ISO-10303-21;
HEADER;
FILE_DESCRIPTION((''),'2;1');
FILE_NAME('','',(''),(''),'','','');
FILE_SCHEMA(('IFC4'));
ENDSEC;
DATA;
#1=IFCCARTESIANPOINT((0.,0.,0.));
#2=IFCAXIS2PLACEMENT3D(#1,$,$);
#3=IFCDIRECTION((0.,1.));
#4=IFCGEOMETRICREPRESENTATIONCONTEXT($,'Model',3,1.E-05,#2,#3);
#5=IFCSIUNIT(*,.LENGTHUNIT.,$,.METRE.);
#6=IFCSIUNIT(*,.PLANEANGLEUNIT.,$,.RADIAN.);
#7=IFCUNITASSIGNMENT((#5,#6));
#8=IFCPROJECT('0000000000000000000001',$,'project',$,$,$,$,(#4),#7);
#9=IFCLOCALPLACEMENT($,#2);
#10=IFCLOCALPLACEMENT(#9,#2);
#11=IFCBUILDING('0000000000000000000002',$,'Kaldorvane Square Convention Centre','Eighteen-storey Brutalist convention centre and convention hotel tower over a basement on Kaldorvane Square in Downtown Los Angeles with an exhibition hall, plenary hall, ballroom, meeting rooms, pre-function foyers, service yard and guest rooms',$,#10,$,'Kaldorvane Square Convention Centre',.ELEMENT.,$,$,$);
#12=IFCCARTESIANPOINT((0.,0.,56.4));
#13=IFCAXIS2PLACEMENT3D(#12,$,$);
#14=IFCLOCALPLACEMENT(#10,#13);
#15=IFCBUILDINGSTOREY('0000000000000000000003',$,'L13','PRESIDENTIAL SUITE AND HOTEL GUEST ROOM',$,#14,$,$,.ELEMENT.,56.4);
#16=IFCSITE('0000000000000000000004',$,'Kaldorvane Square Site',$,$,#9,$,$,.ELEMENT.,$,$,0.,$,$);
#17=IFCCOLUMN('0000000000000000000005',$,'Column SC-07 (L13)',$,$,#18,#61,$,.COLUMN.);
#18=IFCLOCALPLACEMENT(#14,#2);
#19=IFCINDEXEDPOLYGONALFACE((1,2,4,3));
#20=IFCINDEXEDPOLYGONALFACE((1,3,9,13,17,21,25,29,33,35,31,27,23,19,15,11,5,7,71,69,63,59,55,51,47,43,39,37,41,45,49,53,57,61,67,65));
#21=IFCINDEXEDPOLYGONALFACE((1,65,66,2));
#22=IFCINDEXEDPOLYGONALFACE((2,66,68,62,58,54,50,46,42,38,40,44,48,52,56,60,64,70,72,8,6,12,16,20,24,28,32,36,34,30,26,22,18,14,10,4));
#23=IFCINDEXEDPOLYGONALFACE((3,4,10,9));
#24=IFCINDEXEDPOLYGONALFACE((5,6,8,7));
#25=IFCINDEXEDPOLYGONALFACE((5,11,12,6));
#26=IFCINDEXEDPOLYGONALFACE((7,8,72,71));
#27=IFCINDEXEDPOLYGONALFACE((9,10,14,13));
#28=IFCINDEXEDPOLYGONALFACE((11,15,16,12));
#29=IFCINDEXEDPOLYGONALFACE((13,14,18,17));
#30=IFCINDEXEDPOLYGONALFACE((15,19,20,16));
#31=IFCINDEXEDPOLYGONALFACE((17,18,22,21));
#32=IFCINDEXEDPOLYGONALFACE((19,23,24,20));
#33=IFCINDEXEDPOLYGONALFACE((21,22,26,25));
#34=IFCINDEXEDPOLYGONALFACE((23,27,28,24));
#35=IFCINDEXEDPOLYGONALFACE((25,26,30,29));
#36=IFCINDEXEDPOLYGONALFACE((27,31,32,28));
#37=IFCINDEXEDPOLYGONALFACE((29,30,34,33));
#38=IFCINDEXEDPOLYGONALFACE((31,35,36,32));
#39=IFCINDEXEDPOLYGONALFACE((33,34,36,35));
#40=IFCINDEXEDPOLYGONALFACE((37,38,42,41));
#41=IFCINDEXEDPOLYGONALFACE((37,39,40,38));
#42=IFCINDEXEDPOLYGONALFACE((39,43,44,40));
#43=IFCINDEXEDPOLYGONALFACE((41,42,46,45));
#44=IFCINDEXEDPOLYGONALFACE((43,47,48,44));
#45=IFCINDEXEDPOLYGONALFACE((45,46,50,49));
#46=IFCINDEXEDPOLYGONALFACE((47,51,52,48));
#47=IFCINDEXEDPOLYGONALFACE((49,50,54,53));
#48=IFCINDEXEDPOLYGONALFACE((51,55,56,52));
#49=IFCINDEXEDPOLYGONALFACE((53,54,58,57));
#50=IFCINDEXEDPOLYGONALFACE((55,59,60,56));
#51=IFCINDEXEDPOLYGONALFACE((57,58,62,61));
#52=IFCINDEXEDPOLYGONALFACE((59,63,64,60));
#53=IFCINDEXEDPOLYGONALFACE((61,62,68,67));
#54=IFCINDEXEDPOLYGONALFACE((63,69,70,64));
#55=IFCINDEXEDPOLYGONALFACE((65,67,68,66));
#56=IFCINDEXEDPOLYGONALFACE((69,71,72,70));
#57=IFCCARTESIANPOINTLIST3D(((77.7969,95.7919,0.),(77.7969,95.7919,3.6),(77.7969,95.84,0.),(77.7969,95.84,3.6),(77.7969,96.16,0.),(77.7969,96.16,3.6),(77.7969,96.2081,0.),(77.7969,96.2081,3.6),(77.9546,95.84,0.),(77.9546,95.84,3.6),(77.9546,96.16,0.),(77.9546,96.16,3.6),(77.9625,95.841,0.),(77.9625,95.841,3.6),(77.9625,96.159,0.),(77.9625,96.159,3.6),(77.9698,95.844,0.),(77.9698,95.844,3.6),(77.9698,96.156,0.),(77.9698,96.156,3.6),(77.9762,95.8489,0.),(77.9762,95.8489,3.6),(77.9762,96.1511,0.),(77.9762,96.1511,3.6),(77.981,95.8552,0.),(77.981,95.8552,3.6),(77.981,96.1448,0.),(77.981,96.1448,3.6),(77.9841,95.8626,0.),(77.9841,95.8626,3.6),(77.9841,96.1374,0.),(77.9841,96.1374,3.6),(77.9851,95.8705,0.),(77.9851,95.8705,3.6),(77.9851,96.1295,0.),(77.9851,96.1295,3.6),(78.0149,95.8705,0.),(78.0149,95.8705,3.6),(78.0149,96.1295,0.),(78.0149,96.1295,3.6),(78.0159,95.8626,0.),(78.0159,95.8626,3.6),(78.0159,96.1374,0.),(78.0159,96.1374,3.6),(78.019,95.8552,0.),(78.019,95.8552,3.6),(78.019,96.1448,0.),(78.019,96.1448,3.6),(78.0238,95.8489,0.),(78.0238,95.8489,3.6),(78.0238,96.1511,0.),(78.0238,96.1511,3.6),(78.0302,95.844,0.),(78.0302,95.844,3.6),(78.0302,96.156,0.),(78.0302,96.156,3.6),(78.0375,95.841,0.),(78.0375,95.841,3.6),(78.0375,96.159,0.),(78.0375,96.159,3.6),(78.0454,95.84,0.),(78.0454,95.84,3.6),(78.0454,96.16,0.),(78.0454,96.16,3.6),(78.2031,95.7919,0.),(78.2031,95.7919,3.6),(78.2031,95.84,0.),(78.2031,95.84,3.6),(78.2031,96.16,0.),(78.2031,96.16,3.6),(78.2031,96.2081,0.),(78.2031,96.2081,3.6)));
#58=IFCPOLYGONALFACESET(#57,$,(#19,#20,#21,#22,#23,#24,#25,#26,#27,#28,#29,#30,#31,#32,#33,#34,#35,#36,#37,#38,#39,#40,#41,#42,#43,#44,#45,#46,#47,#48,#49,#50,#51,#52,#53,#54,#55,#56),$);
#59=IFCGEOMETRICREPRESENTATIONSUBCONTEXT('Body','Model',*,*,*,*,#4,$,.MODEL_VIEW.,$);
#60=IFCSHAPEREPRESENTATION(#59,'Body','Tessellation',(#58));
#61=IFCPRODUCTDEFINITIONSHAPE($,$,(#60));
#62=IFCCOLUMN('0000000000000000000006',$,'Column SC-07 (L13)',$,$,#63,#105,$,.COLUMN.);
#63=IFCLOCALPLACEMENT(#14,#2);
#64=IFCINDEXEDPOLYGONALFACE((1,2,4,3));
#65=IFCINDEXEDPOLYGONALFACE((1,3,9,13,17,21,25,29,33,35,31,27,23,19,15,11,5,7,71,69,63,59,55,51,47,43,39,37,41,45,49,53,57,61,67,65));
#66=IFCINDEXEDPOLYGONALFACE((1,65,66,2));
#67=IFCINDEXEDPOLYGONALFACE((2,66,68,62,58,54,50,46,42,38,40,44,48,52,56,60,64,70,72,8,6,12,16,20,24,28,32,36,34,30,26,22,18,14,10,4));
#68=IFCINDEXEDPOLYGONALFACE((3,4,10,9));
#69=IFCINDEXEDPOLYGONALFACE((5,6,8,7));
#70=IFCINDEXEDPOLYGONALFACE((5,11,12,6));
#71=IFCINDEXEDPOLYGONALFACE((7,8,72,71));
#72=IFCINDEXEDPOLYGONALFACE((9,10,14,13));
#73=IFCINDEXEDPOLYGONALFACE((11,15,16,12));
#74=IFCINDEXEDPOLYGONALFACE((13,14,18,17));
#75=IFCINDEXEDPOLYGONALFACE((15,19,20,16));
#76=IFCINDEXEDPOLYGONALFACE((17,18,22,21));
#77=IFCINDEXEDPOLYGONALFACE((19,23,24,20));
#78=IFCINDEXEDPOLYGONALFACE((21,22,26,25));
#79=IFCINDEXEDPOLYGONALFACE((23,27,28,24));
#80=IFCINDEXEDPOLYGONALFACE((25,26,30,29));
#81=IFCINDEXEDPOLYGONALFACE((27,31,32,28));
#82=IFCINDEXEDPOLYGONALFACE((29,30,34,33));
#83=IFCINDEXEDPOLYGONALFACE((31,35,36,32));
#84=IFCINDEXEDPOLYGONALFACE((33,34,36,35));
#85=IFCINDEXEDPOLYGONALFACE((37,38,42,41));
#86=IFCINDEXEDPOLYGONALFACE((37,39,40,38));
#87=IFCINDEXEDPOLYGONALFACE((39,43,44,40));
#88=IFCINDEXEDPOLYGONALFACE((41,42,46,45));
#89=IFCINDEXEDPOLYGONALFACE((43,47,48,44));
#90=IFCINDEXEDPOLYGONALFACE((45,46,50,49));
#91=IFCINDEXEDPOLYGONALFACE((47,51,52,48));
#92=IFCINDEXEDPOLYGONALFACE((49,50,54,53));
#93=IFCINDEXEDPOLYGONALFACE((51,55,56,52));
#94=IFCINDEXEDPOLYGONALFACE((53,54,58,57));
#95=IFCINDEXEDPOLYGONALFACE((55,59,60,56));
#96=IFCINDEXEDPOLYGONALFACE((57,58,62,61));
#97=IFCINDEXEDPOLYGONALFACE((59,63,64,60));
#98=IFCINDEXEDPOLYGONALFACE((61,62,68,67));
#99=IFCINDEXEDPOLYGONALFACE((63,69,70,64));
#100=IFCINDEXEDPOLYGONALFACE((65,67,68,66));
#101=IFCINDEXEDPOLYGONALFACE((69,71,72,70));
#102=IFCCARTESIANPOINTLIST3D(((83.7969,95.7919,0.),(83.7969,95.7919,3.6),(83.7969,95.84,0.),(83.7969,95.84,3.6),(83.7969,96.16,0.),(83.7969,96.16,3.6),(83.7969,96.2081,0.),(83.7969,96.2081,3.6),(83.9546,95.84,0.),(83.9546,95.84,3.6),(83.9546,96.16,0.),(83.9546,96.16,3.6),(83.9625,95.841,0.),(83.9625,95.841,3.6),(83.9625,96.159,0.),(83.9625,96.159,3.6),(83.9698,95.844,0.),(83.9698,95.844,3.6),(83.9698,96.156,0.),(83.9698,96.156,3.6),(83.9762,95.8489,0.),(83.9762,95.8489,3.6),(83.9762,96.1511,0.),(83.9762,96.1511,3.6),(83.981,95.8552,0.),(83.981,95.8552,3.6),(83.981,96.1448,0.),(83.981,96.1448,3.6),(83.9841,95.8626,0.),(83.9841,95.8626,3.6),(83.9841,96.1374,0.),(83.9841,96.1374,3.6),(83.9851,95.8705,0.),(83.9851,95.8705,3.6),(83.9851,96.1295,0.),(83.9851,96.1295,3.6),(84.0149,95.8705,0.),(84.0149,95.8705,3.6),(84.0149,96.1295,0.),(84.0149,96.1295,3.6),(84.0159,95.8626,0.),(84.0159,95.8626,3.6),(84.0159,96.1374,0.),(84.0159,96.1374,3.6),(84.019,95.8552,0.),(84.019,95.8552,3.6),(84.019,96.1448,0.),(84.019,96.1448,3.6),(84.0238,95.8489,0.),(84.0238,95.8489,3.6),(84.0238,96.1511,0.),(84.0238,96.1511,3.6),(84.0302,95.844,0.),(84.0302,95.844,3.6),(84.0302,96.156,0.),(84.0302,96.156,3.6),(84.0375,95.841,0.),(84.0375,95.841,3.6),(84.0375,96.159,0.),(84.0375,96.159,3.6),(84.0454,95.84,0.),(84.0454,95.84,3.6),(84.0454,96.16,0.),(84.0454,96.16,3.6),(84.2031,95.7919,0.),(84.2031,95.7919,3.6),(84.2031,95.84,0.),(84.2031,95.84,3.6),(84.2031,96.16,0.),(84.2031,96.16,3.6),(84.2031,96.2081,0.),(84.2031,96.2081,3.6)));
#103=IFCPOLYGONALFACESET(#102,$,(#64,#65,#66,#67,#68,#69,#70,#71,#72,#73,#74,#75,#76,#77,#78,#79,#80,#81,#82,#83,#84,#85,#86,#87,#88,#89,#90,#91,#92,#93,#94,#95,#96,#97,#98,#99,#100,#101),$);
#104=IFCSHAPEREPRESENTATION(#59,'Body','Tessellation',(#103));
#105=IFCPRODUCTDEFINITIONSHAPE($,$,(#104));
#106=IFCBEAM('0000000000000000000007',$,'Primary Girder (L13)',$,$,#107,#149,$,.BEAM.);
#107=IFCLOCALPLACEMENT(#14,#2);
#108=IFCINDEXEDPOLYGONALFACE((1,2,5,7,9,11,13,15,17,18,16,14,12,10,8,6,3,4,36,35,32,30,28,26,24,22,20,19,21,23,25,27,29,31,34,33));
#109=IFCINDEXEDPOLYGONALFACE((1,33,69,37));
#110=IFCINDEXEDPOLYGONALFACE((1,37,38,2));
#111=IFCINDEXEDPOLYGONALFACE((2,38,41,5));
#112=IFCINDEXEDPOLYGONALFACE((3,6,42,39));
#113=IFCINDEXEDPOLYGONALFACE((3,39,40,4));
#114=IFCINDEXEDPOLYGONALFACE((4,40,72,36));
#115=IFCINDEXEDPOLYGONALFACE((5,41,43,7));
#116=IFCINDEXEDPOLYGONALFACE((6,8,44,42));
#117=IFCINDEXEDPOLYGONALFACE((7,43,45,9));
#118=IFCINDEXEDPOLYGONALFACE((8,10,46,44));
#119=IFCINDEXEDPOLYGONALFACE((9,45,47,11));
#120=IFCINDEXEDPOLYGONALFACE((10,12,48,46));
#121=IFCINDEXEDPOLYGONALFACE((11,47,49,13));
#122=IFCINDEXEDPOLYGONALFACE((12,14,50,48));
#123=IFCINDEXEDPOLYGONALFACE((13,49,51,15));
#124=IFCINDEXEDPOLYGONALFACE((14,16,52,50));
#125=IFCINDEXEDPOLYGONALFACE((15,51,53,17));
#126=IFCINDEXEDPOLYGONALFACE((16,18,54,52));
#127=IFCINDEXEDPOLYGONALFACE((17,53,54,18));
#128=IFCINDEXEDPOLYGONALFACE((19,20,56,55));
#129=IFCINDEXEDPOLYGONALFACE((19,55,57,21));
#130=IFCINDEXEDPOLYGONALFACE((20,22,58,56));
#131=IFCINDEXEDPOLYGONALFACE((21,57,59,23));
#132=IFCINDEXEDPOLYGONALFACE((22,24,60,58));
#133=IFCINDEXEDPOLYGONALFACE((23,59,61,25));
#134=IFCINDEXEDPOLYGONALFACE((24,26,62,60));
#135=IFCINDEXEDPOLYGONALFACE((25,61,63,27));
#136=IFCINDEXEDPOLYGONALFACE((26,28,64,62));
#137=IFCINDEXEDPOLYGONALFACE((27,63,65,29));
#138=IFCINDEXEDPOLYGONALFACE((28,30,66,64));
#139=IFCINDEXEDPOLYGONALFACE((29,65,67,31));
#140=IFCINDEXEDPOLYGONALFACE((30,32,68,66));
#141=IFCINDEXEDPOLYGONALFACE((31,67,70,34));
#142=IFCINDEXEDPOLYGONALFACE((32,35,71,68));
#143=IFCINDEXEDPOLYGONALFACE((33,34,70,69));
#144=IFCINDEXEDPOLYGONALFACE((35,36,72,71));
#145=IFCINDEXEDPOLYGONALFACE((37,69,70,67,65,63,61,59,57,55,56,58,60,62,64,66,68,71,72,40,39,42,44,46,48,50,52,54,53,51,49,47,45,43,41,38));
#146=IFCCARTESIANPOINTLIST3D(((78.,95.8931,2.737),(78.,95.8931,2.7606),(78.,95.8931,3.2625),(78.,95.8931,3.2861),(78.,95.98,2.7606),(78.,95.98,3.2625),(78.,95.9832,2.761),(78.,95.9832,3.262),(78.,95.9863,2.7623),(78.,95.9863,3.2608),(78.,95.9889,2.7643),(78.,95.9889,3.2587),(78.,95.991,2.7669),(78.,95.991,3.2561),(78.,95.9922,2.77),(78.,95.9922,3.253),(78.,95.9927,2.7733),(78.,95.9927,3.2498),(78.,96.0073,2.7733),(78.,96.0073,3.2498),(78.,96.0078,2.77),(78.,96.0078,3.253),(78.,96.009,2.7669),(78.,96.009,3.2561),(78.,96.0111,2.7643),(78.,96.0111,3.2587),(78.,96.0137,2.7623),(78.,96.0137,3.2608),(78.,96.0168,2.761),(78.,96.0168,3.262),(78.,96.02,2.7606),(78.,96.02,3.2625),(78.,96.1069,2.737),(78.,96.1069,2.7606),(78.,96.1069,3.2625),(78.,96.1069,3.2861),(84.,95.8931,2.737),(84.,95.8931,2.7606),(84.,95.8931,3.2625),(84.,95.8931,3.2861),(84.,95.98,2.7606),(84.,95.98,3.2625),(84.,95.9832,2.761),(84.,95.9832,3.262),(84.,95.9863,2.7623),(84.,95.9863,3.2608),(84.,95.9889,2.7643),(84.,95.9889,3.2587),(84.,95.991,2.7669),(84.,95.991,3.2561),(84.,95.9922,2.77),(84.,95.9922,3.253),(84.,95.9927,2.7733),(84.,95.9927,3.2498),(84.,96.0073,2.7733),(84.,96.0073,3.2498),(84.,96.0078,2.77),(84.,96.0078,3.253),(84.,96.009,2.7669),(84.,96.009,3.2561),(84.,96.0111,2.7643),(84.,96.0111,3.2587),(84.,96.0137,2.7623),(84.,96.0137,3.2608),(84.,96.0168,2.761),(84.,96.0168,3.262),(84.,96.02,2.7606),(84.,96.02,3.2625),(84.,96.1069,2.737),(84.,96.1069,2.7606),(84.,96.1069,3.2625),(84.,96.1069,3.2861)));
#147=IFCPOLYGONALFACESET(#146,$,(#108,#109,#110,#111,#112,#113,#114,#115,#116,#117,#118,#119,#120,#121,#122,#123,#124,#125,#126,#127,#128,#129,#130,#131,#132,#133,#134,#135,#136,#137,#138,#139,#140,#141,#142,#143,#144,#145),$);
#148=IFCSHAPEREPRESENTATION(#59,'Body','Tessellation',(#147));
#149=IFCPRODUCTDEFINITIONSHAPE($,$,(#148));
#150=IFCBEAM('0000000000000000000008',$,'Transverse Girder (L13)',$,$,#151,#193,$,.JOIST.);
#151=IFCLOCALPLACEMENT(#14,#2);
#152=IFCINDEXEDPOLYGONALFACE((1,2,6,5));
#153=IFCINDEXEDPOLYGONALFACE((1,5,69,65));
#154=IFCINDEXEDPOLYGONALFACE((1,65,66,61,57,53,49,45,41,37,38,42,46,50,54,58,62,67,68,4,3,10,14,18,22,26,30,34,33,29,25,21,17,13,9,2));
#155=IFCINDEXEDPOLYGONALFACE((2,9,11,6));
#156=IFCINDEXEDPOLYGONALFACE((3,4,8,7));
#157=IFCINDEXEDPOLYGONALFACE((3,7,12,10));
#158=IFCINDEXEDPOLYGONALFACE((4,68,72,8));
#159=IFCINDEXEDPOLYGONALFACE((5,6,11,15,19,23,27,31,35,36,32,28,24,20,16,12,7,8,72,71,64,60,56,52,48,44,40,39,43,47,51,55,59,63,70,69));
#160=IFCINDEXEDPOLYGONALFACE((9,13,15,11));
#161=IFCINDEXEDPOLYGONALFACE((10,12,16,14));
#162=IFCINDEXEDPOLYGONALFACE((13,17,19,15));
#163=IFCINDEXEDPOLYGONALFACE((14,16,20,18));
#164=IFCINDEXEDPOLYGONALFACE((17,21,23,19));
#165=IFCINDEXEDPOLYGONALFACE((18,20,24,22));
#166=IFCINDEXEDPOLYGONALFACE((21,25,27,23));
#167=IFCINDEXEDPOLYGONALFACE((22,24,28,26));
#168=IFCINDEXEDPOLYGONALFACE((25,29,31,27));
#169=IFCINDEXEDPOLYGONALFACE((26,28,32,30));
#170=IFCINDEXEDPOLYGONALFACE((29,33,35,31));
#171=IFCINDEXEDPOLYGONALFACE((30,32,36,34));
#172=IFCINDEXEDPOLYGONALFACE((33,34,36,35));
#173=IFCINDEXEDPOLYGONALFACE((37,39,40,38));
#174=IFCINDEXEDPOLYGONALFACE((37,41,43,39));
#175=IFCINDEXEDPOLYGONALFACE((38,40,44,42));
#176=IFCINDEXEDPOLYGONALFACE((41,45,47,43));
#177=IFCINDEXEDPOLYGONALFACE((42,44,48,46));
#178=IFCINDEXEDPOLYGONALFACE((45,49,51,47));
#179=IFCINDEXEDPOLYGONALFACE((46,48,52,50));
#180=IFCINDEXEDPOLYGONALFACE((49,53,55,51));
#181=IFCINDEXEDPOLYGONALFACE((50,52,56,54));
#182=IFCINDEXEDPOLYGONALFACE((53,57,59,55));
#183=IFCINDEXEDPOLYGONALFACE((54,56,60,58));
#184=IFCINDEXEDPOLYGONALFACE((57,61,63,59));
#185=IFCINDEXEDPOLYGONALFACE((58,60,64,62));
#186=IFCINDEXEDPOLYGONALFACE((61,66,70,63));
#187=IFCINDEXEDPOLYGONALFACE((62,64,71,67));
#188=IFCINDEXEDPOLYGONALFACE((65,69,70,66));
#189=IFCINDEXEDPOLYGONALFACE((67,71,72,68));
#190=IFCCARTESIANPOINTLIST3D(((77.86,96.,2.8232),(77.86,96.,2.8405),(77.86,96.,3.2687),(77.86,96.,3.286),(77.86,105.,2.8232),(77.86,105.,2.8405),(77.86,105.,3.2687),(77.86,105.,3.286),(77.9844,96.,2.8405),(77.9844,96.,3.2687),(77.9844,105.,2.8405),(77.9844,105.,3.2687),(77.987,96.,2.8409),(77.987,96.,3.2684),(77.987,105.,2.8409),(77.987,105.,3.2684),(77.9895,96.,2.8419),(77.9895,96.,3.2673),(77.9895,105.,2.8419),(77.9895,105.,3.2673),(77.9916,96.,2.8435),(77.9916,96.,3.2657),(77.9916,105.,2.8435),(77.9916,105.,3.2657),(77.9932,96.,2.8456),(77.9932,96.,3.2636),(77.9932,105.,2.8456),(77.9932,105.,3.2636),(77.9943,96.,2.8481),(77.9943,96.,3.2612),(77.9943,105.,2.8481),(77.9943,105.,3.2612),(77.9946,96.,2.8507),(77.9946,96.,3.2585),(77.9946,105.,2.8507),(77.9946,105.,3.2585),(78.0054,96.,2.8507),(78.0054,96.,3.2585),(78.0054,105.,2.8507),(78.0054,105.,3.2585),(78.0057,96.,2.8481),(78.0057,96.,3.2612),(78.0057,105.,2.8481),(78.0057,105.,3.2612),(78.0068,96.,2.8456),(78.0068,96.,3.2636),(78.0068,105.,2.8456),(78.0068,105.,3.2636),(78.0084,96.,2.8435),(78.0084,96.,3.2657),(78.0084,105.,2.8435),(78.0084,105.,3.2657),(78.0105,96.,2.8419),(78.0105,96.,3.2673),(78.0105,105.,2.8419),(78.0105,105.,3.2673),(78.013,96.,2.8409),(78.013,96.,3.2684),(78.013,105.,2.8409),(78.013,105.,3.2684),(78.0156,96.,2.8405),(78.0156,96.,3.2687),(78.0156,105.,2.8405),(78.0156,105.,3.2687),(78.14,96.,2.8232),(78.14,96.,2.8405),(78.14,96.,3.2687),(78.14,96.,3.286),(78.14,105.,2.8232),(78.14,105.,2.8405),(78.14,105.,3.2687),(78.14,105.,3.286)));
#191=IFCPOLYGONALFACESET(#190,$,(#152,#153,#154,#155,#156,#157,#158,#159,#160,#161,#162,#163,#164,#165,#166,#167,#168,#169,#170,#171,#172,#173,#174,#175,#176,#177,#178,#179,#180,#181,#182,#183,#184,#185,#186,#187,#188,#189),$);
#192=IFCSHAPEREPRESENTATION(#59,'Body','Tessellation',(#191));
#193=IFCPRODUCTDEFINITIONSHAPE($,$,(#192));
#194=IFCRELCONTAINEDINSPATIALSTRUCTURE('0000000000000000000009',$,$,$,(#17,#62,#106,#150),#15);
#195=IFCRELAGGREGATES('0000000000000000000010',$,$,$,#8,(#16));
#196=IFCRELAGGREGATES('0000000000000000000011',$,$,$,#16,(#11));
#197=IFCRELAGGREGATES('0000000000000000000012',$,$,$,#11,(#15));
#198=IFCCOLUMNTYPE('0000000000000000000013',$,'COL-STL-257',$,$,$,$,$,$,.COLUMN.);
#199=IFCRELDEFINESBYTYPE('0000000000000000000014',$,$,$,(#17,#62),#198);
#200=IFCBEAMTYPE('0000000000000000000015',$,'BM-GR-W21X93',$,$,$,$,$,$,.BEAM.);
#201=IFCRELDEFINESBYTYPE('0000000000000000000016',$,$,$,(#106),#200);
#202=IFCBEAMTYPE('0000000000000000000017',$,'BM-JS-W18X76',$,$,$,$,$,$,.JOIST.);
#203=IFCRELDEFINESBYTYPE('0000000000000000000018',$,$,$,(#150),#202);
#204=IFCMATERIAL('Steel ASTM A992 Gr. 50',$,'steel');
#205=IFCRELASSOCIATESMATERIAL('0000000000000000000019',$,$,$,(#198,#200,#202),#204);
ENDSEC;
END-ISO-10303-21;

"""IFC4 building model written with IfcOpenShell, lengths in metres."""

from ifc_helpers import new_model, si_unit, direction, frame, origin, origin_2d, place, context, subcontext, project, spatial, i_section, extrude, material, material_profile, profile_set, type_object, element, save


model = new_model("IFC4")

# Units and contexts
model_context = context("Model", 3, precision=1e-05, world=origin(), true_north=direction((0.0, 1.0)))
body_context = subcontext(model_context, "Body", "Model", "MODEL_VIEW")
ifc_project = project(units=[si_unit("LENGTHUNIT", "METRE"), si_unit("PLANEANGLEUNIT", "RADIAN")], contexts=[model_context])

# Site, building, storey
site_placement = place(None, origin())
site = spatial("IfcSite", under=ifc_project, at=site_placement, Name="Kaldorvane Square Site", CompositionType="ELEMENT", RefElevation=0.0)
building_placement = place(site_placement, origin())
building = spatial("IfcBuilding", under=site, at=building_placement, Name="Kaldorvane Square Convention Centre", Description="Eighteen-storey Brutalist convention centre and convention hotel tower over a basement on Kaldorvane Square in Downtown Los Angeles with an exhibition hall, plenary hall, ballroom, meeting rooms, pre-function foyers, service yard and guest rooms", LongName="Kaldorvane Square Convention Centre", CompositionType="ELEMENT")
storey_placement = place(building_placement, frame((0.0, 0.0, 56.4)))
storey = spatial("IfcBuildingStorey", under=building, at=storey_placement, Name="L13", Description="PRESIDENTIAL SUITE AND HOTEL GUEST ROOM", CompositionType="ELEMENT", Elevation=56.4)

# Columns
ifc_material_1 = material(Name="Steel ASTM A992 Gr. 50", Category="steel")
ifc_material_profile_1 = material_profile(ifc_material_1, i_section(OverallWidth=0.4063, OverallDepth=0.4161, WebThickness=0.0298, FlangeThickness=0.048, FilletRadius=0.0305, at=origin_2d()), Name="W14X257")
ifc_profile_set_1 = profile_set([ifc_material_profile_1], Name="Steel ASTM A992 Gr. 50")
column_type = type_object("IfcColumnType", Name="COL-STL-257", PredefinedType="COLUMN", material=ifc_profile_set_1)
for number, where, z_axis, x_axis, name in (
    (1, (78.0, 96.0, 0.0), (0.0, 0.0, 1.0), (1.0, 0.0, 0.0), "Column SC-07 (L13)"),
    (2, (84.0, 96.0, 0.0), (0.0, 0.0, 1.0), (1.0, 0.0, 0.0), "Column SC-07 (L13)"),
):
    element("IfcColumn", number, at=place(storey_placement, frame(where, z_axis=z_axis, x_axis=x_axis)), inside=storey, type_object=column_type, Name=name, PredefinedType="COLUMN", context=body_context, shape_type="SweptSolid", body=[
        extrude(i_section(OverallWidth=0.4063, OverallDepth=0.4161, WebThickness=0.0298, FlangeThickness=0.048, FilletRadius=0.0305, at=origin_2d()), origin(), (0.0, 0.0, 1.0), 3.6),
    ])

# Beams
ifc_material_profile_2 = material_profile(ifc_material_1, i_section(OverallWidth=0.2139, OverallDepth=0.5491, WebThickness=0.0147, FlangeThickness=0.0236, FilletRadius=0.0127, at=origin_2d()), Name="W21X93")
ifc_profile_set_2 = profile_set([ifc_material_profile_2], Name="Steel ASTM A992 Gr. 50")
beam_type_1 = type_object("IfcBeamType", Name="BM-GR-W21X93", PredefinedType="BEAM", material=ifc_profile_set_2)
beam_1_placement = place(storey_placement, frame((78.0, 96.0, 3.0115), z_axis=(1.0, 0.0, 0.0), x_axis=(0.0, 1.0, 0.0)))
element("IfcBeam", 3, at=beam_1_placement, inside=storey, type_object=beam_type_1, Name="Primary Girder (L13)", PredefinedType="BEAM", context=body_context, shape_type="SweptSolid", body=[
    extrude(i_section(OverallWidth=0.2139, OverallDepth=0.5491, WebThickness=0.0147, FlangeThickness=0.0236, FilletRadius=0.0127, at=origin_2d()), origin(), (0.0, 0.0, 1.0), 6.0),
])
ifc_material_profile_3 = material_profile(ifc_material_1, i_section(OverallWidth=0.2799, OverallDepth=0.4628, WebThickness=0.0108, FlangeThickness=0.0173, FilletRadius=0.0102, at=origin_2d()), Name="W18X76")
ifc_profile_set_3 = profile_set([ifc_material_profile_3], Name="Steel ASTM A992 Gr. 50")
beam_type_2 = type_object("IfcBeamType", Name="BM-JS-W18X76", PredefinedType="JOIST", material=ifc_profile_set_3)
beam_2_placement = place(storey_placement, frame((78.0, 96.0, 3.0546), z_axis=(0.0, 1.0, 0.0), x_axis=(-1.0, 0.0, 0.0)))
element("IfcBeam", 4, at=beam_2_placement, inside=storey, type_object=beam_type_2, Name="Transverse Girder (L13)", PredefinedType="JOIST", context=body_context, shape_type="SweptSolid", body=[
    extrude(i_section(OverallWidth=0.2799, OverallDepth=0.4628, WebThickness=0.0108, FlangeThickness=0.0173, FilletRadius=0.0102, at=origin_2d()), origin(), (0.0, 0.0, 1.0), 9.0),
])

save(model, "model.ifc")
